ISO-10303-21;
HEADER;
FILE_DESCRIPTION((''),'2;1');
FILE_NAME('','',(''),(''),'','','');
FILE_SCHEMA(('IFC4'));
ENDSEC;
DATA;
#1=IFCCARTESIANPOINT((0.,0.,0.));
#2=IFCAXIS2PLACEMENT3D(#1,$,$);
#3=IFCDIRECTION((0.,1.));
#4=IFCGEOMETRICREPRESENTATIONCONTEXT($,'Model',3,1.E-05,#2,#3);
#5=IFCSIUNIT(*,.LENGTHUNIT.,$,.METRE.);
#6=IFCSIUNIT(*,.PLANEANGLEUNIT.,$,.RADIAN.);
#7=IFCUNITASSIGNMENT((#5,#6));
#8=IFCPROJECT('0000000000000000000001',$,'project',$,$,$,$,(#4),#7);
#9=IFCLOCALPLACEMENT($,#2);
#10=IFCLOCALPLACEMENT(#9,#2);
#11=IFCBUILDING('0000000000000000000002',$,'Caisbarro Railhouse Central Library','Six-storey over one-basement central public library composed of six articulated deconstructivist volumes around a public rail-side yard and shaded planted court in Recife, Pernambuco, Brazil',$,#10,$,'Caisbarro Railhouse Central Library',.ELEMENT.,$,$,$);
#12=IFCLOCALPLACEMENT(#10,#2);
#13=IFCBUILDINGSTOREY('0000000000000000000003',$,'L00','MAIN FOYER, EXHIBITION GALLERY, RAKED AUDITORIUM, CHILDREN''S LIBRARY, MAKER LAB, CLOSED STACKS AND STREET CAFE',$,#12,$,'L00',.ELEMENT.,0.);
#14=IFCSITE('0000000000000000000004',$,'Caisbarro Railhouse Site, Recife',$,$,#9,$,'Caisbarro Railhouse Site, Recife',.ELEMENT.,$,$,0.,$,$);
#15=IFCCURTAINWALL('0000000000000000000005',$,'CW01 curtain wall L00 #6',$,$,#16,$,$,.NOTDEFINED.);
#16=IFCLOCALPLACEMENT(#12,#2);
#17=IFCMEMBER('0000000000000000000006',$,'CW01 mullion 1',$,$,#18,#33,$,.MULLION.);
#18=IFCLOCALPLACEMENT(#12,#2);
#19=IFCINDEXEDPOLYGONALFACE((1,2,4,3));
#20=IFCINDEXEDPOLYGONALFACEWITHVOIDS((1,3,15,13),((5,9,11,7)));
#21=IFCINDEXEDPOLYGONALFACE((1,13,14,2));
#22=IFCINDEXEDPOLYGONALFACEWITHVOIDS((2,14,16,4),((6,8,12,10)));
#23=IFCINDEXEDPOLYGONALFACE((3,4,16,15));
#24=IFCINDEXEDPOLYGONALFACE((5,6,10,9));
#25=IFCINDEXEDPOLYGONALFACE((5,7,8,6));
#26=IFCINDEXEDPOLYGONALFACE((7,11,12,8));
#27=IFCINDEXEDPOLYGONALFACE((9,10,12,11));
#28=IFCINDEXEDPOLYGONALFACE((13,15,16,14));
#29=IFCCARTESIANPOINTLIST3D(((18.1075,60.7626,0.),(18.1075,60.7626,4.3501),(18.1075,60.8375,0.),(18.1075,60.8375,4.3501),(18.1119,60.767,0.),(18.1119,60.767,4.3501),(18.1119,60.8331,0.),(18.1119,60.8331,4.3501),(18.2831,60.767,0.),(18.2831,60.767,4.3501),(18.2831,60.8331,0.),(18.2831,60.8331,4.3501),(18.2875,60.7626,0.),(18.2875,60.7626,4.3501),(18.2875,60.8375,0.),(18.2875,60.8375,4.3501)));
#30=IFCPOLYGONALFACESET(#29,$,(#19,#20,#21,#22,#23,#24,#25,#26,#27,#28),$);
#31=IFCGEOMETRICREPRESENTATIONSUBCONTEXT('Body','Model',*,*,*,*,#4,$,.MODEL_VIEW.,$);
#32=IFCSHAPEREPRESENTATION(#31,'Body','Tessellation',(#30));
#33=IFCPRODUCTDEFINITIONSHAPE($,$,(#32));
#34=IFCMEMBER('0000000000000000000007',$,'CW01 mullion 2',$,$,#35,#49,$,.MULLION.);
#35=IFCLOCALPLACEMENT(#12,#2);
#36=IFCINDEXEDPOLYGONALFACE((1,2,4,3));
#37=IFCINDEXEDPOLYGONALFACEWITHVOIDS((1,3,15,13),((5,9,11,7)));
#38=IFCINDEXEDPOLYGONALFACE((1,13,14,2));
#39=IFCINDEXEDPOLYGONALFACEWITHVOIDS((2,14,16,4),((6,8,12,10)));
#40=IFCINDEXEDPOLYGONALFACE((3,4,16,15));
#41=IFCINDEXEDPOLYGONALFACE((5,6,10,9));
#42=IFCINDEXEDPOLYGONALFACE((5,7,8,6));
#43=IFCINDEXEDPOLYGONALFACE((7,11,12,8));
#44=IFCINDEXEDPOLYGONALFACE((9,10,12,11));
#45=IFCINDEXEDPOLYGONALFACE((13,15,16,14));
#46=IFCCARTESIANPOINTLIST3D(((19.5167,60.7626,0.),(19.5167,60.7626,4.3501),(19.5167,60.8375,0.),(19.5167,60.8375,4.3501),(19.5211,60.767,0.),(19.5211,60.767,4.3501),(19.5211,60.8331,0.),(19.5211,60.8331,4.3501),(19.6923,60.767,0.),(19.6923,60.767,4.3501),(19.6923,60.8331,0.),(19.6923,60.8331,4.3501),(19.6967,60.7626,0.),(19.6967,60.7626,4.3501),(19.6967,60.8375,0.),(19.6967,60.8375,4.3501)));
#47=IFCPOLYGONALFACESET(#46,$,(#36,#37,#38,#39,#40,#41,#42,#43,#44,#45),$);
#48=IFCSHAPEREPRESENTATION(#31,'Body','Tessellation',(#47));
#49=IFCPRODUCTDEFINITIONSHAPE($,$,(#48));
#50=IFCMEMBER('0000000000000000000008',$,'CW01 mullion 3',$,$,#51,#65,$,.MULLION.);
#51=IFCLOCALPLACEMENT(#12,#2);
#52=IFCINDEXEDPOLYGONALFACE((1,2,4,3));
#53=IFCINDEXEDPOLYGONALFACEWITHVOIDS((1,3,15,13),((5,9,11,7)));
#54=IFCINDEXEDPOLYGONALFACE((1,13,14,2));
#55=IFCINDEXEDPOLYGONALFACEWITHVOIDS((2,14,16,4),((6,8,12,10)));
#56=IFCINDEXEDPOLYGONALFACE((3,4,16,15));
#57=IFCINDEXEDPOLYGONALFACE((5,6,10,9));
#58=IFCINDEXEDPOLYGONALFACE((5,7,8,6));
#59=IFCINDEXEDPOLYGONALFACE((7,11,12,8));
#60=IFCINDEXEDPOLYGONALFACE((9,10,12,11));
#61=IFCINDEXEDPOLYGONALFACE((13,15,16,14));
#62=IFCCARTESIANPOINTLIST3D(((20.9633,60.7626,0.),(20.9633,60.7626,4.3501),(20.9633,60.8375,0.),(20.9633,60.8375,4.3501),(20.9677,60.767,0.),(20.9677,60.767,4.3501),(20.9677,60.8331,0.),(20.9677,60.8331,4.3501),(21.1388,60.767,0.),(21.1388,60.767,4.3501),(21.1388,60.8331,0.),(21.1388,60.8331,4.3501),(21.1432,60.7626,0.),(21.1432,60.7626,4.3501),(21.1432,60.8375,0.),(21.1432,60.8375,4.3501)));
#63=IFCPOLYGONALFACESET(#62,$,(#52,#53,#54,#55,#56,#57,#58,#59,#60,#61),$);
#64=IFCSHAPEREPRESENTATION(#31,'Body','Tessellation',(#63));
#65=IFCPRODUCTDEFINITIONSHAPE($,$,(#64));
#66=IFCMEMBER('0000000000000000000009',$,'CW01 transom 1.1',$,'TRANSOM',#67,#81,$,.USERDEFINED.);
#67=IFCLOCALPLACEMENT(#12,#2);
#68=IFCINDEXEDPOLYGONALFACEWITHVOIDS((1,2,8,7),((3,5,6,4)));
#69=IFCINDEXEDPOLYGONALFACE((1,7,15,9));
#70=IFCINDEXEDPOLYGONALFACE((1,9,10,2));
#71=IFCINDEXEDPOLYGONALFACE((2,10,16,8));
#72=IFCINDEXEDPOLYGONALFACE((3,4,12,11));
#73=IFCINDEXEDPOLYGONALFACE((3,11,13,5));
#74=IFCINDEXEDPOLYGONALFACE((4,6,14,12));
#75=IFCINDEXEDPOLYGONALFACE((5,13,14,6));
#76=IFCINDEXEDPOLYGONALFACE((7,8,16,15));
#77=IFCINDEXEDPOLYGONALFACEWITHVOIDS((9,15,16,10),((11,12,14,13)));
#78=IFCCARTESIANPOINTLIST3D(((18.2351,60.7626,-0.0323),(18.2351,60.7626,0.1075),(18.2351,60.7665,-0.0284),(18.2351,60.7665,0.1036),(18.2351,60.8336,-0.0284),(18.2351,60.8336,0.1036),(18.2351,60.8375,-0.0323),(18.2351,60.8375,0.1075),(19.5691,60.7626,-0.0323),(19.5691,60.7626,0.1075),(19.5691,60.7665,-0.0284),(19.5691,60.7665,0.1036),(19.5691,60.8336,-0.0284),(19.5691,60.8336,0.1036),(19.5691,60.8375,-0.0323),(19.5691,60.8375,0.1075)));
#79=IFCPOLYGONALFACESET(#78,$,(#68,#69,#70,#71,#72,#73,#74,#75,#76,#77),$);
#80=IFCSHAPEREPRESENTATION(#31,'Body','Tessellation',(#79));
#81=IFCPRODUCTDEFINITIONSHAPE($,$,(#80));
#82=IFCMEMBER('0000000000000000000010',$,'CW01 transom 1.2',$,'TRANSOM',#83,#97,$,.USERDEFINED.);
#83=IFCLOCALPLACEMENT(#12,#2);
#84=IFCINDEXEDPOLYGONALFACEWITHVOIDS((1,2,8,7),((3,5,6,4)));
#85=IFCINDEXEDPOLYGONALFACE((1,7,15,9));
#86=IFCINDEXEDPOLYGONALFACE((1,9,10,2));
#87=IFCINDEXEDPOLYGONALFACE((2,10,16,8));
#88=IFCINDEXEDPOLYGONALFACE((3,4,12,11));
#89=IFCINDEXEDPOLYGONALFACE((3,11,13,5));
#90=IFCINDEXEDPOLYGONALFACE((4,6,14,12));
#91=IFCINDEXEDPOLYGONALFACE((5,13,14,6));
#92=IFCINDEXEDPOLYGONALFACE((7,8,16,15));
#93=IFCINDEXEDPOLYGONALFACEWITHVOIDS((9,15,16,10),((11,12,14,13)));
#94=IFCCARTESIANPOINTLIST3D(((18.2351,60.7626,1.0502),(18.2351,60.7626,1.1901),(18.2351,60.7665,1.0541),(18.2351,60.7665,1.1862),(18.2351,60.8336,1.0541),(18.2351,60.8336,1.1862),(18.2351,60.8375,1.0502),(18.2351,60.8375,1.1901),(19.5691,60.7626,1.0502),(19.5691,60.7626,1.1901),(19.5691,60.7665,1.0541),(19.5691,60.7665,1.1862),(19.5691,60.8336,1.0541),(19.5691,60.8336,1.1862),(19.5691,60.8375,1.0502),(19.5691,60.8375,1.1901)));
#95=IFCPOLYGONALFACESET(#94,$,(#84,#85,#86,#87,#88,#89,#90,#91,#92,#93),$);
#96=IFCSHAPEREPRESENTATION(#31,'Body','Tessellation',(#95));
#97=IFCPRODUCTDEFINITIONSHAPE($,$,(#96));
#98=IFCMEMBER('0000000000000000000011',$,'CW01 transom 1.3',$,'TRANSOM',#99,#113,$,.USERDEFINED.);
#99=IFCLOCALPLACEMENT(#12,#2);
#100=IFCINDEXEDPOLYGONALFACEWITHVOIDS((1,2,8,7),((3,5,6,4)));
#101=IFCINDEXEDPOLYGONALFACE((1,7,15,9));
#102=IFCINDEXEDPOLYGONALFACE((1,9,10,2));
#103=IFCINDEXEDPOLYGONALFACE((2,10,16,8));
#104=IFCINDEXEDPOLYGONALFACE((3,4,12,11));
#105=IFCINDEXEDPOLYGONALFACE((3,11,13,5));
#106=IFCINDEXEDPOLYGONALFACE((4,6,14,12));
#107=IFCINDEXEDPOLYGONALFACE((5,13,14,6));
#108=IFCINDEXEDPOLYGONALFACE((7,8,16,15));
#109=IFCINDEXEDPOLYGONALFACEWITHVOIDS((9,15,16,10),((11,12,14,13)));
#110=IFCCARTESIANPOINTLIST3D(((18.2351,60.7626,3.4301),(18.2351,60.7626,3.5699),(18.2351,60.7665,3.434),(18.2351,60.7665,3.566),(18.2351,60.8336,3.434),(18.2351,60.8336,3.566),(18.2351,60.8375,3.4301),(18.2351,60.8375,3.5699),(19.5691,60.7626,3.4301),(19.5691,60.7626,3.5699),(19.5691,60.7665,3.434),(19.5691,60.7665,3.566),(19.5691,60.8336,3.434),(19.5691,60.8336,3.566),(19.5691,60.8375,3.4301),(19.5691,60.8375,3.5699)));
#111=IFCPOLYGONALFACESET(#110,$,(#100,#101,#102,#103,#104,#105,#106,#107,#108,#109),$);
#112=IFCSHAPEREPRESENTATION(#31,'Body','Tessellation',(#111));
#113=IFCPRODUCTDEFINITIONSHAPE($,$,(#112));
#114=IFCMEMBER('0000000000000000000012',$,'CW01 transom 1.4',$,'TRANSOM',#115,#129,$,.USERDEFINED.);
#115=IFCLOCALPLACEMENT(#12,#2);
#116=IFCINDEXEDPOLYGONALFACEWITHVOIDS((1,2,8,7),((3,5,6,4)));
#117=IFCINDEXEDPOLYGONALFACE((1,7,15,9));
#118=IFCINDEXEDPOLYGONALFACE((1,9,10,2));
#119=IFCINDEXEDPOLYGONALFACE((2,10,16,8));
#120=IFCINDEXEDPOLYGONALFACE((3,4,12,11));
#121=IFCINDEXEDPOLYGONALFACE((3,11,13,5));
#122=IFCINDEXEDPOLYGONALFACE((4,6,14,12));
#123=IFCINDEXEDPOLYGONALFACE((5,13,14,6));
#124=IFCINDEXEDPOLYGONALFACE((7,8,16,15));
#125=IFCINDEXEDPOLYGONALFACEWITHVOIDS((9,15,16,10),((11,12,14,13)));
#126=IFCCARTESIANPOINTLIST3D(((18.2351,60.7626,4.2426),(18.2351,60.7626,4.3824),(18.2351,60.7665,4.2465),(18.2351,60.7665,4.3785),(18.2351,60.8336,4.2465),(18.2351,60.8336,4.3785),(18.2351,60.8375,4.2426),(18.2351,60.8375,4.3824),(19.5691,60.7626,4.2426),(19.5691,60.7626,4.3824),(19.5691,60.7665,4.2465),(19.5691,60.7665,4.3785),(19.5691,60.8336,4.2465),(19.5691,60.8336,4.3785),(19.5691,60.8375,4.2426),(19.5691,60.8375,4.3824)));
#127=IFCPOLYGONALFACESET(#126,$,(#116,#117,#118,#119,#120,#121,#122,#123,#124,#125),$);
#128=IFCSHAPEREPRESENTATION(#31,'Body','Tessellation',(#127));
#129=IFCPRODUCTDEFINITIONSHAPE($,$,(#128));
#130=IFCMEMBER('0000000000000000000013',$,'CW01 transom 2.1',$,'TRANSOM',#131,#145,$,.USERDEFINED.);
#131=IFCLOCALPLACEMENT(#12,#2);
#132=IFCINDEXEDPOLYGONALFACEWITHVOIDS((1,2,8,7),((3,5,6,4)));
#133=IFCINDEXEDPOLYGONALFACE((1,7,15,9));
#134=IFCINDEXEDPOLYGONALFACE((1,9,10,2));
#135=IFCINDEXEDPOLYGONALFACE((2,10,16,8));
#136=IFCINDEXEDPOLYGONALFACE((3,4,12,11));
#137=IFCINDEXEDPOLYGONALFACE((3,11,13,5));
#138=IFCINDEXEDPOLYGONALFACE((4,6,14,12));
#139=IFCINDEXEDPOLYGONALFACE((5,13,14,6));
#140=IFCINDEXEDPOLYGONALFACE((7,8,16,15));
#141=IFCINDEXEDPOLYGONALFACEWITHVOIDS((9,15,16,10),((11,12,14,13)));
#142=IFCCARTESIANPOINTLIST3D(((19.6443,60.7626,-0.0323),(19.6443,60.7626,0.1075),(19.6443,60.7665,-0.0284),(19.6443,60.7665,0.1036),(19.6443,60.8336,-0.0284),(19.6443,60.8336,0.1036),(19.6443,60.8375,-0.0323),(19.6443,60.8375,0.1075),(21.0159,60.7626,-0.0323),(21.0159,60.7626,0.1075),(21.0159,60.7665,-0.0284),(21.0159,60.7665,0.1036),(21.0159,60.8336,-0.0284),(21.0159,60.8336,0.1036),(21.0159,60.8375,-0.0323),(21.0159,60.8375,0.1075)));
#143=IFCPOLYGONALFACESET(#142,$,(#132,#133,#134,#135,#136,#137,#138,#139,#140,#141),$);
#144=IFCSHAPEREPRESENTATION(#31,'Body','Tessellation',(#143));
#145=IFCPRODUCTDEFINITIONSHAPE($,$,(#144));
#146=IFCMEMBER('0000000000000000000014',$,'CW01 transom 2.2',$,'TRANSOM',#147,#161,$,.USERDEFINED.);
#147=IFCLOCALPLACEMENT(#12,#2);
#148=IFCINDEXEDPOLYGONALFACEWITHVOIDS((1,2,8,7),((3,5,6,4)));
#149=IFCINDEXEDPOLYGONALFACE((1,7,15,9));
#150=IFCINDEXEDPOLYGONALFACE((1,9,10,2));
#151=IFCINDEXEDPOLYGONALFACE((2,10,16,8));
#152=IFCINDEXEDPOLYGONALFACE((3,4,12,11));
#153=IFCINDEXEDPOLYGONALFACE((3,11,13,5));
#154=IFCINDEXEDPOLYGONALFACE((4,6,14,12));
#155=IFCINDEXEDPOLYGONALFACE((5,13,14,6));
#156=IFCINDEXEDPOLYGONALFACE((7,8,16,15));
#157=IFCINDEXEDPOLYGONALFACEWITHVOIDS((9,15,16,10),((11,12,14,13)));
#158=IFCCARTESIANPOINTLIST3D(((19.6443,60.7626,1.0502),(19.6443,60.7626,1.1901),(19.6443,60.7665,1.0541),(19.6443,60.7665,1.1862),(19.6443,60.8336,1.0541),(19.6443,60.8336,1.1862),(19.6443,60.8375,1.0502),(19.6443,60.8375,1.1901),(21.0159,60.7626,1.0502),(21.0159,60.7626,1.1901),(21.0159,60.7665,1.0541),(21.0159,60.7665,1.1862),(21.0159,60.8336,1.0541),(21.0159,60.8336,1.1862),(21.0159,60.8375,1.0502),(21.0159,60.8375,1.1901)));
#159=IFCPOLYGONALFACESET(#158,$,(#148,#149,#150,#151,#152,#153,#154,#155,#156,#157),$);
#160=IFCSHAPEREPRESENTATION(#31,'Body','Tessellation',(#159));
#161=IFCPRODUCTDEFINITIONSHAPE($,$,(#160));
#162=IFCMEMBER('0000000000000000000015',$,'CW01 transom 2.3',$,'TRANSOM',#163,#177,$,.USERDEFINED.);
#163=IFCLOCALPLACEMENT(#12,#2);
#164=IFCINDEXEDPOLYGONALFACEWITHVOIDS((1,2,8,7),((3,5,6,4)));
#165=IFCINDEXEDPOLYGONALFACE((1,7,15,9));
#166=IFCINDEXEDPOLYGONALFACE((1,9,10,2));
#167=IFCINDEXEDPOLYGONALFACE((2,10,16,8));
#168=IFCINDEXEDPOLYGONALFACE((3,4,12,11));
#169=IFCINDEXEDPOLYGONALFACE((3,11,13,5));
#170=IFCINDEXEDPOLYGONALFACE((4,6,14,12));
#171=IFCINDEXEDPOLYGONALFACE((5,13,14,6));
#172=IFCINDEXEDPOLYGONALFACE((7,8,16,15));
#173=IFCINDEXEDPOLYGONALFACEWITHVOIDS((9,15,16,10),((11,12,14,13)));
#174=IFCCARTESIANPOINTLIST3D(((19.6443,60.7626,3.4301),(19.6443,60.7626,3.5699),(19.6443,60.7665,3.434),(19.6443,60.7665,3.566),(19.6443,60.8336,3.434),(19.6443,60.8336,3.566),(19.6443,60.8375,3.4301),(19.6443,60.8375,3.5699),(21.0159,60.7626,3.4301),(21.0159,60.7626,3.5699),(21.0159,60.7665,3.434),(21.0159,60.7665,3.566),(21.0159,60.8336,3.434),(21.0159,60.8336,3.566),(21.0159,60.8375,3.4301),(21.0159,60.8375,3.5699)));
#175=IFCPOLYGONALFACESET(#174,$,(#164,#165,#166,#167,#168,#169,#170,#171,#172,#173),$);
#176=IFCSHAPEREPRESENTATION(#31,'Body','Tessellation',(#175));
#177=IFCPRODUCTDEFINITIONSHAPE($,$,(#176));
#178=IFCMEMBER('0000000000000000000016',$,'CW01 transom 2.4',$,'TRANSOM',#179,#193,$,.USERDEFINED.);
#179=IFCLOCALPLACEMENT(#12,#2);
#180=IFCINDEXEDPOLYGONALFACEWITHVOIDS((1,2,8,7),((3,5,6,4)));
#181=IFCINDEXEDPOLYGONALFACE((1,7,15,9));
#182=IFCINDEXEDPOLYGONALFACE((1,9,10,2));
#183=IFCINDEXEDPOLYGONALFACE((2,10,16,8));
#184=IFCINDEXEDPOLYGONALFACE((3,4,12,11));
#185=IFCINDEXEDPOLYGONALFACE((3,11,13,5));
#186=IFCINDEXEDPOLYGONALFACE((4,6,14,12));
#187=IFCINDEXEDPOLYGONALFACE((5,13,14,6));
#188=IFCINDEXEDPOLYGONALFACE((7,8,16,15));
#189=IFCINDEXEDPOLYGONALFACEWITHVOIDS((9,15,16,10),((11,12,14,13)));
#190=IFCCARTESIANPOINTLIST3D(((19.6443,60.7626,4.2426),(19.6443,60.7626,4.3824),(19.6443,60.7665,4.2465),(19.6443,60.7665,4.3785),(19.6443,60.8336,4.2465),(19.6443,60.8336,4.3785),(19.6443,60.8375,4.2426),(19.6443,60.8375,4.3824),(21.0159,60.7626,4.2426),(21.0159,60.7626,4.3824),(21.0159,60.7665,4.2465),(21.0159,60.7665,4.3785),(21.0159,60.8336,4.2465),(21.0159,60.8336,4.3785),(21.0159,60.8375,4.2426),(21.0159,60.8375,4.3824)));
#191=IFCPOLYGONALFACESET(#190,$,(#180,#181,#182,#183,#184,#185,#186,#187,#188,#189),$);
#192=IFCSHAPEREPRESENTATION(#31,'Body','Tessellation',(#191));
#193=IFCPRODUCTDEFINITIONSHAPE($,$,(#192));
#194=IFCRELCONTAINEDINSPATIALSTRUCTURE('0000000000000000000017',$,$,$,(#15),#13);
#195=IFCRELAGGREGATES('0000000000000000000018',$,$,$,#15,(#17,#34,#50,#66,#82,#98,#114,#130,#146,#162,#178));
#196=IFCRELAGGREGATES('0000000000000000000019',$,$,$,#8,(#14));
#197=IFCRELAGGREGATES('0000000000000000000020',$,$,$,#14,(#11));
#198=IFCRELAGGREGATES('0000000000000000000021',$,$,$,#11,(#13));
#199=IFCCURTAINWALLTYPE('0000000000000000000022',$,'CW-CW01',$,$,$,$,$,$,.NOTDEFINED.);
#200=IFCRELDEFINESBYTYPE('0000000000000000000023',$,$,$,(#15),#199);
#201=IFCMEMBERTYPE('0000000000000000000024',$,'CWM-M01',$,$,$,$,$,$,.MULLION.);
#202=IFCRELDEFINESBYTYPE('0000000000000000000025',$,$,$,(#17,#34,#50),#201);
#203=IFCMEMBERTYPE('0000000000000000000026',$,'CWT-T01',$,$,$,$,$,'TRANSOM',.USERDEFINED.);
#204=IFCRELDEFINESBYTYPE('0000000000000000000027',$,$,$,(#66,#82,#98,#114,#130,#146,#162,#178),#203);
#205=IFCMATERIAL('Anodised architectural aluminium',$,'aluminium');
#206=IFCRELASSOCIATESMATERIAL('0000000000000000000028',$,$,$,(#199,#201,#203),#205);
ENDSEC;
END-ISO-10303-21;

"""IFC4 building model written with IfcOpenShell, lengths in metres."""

from ifc_helpers import new_model, si_unit, direction, frame, origin, origin_2d, place, context, subcontext, project, spatial, hollow_rectangle, extrude, material, material_profile, profile_set, type_object, element, aggregate, save


model = new_model("IFC4")

# Units and contexts
model_context = context("Model", 3, precision=1e-05, world=origin(), true_north=direction((0.0, 1.0)))
body_context = subcontext(model_context, "Body", "Model", "MODEL_VIEW")
ifc_project = project(units=[si_unit("LENGTHUNIT", "METRE"), si_unit("PLANEANGLEUNIT", "RADIAN")], contexts=[model_context])

# Site, building, storey
site_placement = place(None, origin())
site = spatial("IfcSite", under=ifc_project, at=site_placement, Name="Caisbarro Railhouse Site, Recife", LongName="Caisbarro Railhouse Site, Recife", CompositionType="ELEMENT", RefElevation=0.0)
building_placement = place(site_placement, origin())
building = spatial("IfcBuilding", under=site, at=building_placement, Name="Caisbarro Railhouse Central Library", Description="Six-storey over one-basement central public library composed of six articulated deconstructivist volumes around a public rail-side yard and shaded planted court in Recife, Pernambuco, Brazil", LongName="Caisbarro Railhouse Central Library", CompositionType="ELEMENT")
storey_placement = place(building_placement, origin())
storey = spatial("IfcBuildingStorey", under=building, at=storey_placement, Name="L00", Description="MAIN FOYER, EXHIBITION GALLERY, RAKED AUDITORIUM, CHILDREN'S LIBRARY, MAKER LAB, CLOSED STACKS AND STREET CAFE", LongName="L00", CompositionType="ELEMENT", Elevation=0.0)

# Curtain wall, members
ifc_material_1 = material(Name="Anodised architectural aluminium", Category="aluminium")
curtain_wall_type = type_object("IfcCurtainWallType", Name="CW-CW01", PredefinedType="NOTDEFINED", material=ifc_material_1)
curtain_wall_placement = place(storey_placement, origin())
curtain_wall = element("IfcCurtainWall", 1, at=curtain_wall_placement, inside=storey, type_object=curtain_wall_type, Name="CW01 curtain wall L00 #6", PredefinedType="NOTDEFINED")
ifc_material_profile_1 = material_profile(ifc_material_1, hollow_rectangle(XDim=0.075, YDim=0.1799, WallThickness=0.0044, at=origin_2d()), Name="ALU-MUL-75X180")
ifc_profile_set_1 = profile_set([ifc_material_profile_1], Name="Anodised architectural aluminium")
member_type_1 = type_object("IfcMemberType", Name="CWM-M01", PredefinedType="MULLION", material=ifc_profile_set_1)
member_1_placement = place(storey_placement, frame((18.1975, 60.8, 0.0), z_axis=(0.0, 0.0, 1.0), x_axis=(0.0, 1.0, 0.0)))
member_1 = element("IfcMember", 2, at=member_1_placement, type_object=member_type_1, Name="CW01 mullion 1", PredefinedType="MULLION", context=body_context, shape_type="SweptSolid", body=[
    extrude(hollow_rectangle(XDim=0.075, YDim=0.1799, WallThickness=0.0044, at=origin_2d()), origin(), (0.0, 0.0, 1.0), 4.3501),
])
member_2_placement = place(storey_placement, frame((19.6067, 60.8, 0.0), z_axis=(0.0, 0.0, 1.0), x_axis=(0.0, 1.0, 0.0)))
member_2 = element("IfcMember", 3, at=member_2_placement, type_object=member_type_1, Name="CW01 mullion 2", PredefinedType="MULLION", context=body_context, shape_type="SweptSolid", body=[
    extrude(hollow_rectangle(XDim=0.075, YDim=0.1799, WallThickness=0.0044, at=origin_2d()), origin(), (0.0, 0.0, 1.0), 4.3501),
])
member_3_placement = place(storey_placement, frame((21.0532, 60.8, 0.0), z_axis=(0.0, 0.0, 1.0), x_axis=(0.0, 1.0, 0.0)))
member_3 = element("IfcMember", 4, at=member_3_placement, type_object=member_type_1, Name="CW01 mullion 3", PredefinedType="MULLION", context=body_context, shape_type="SweptSolid", body=[
    extrude(hollow_rectangle(XDim=0.075, YDim=0.1799, WallThickness=0.0044, at=origin_2d()), origin(), (0.0, 0.0, 1.0), 4.3501),
])
ifc_material_profile_2 = material_profile(ifc_material_1, hollow_rectangle(XDim=0.075, YDim=0.1399, WallThickness=0.0039, at=origin_2d()), Name="ALU-TRN-75X140")
ifc_profile_set_2 = profile_set([ifc_material_profile_2], Name="Anodised architectural aluminium")
member_type_2 = type_object("IfcMemberType", Name="CWT-T01", ElementType="TRANSOM", PredefinedType="USERDEFINED", material=ifc_profile_set_2)
member_4_placement = place(storey_placement, frame((18.2351, 60.8, 0.0376), z_axis=(1.0, 0.0, 0.0), x_axis=(0.0, 1.0, 0.0)))
member_4 = element("IfcMember", 5, at=member_4_placement, type_object=member_type_2, Name="CW01 transom 1.1", ObjectType="TRANSOM", PredefinedType="USERDEFINED", context=body_context, shape_type="SweptSolid", body=[
    extrude(hollow_rectangle(XDim=0.075, YDim=0.1399, WallThickness=0.0039, at=origin_2d()), origin(), (0.0, 0.0, 1.0), 1.334),
])
member_5_placement = place(storey_placement, frame((18.2351, 60.8, 1.1201), z_axis=(1.0, 0.0, 0.0), x_axis=(0.0, 1.0, 0.0)))
member_5 = element("IfcMember", 6, at=member_5_placement, type_object=member_type_2, Name="CW01 transom 1.2", ObjectType="TRANSOM", PredefinedType="USERDEFINED", context=body_context, shape_type="SweptSolid", body=[
    extrude(hollow_rectangle(XDim=0.075, YDim=0.1399, WallThickness=0.0039, at=origin_2d()), origin(), (0.0, 0.0, 1.0), 1.334),
])
member_6_placement = place(storey_placement, frame((18.2351, 60.8, 3.5), z_axis=(1.0, 0.0, 0.0), x_axis=(0.0, 1.0, 0.0)))
member_6 = element("IfcMember", 7, at=member_6_placement, type_object=member_type_2, Name="CW01 transom 1.3", ObjectType="TRANSOM", PredefinedType="USERDEFINED", context=body_context, shape_type="SweptSolid", body=[
    extrude(hollow_rectangle(XDim=0.075, YDim=0.1399, WallThickness=0.0039, at=origin_2d()), origin(), (0.0, 0.0, 1.0), 1.334),
])
member_7_placement = place(storey_placement, frame((18.2351, 60.8, 4.3125), z_axis=(1.0, 0.0, 0.0), x_axis=(0.0, 1.0, 0.0)))
member_7 = element("IfcMember", 8, at=member_7_placement, type_object=member_type_2, Name="CW01 transom 1.4", ObjectType="TRANSOM", PredefinedType="USERDEFINED", context=body_context, shape_type="SweptSolid", body=[
    extrude(hollow_rectangle(XDim=0.075, YDim=0.1399, WallThickness=0.0039, at=origin_2d()), origin(), (0.0, 0.0, 1.0), 1.334),
])
member_8_placement = place(storey_placement, frame((19.6443, 60.8, 0.0376), z_axis=(1.0, 0.0, 0.0), x_axis=(0.0, 1.0, 0.0)))
member_8 = element("IfcMember", 9, at=member_8_placement, type_object=member_type_2, Name="CW01 transom 2.1", ObjectType="TRANSOM", PredefinedType="USERDEFINED", context=body_context, shape_type="SweptSolid", body=[
    extrude(hollow_rectangle(XDim=0.075, YDim=0.1399, WallThickness=0.0039, at=origin_2d()), origin(), (0.0, 0.0, 1.0), 1.3716),
])
member_9_placement = place(storey_placement, frame((19.6443, 60.8, 1.1201), z_axis=(1.0, 0.0, 0.0), x_axis=(0.0, 1.0, 0.0)))
member_9 = element("IfcMember", 10, at=member_9_placement, type_object=member_type_2, Name="CW01 transom 2.2", ObjectType="TRANSOM", PredefinedType="USERDEFINED", context=body_context, shape_type="SweptSolid", body=[
    extrude(hollow_rectangle(XDim=0.075, YDim=0.1399, WallThickness=0.0039, at=origin_2d()), origin(), (0.0, 0.0, 1.0), 1.3716),
])
member_10_placement = place(storey_placement, frame((19.6443, 60.8, 3.5), z_axis=(1.0, 0.0, 0.0), x_axis=(0.0, 1.0, 0.0)))
member_10 = element("IfcMember", 11, at=member_10_placement, type_object=member_type_2, Name="CW01 transom 2.3", ObjectType="TRANSOM", PredefinedType="USERDEFINED", context=body_context, shape_type="SweptSolid", body=[
    extrude(hollow_rectangle(XDim=0.075, YDim=0.1399, WallThickness=0.0039, at=origin_2d()), origin(), (0.0, 0.0, 1.0), 1.3716),
])
member_11_placement = place(storey_placement, frame((19.6443, 60.8, 4.3125), z_axis=(1.0, 0.0, 0.0), x_axis=(0.0, 1.0, 0.0)))
member_11 = element("IfcMember", 12, at=member_11_placement, type_object=member_type_2, Name="CW01 transom 2.4", ObjectType="TRANSOM", PredefinedType="USERDEFINED", context=body_context, shape_type="SweptSolid", body=[
    extrude(hollow_rectangle(XDim=0.075, YDim=0.1399, WallThickness=0.0039, at=origin_2d()), origin(), (0.0, 0.0, 1.0), 1.3716),
])
aggregate(curtain_wall, [member_1, member_2, member_3, member_4, member_5, member_6, member_7, member_8, member_9, member_10, member_11])

save(model, "model.ifc")
